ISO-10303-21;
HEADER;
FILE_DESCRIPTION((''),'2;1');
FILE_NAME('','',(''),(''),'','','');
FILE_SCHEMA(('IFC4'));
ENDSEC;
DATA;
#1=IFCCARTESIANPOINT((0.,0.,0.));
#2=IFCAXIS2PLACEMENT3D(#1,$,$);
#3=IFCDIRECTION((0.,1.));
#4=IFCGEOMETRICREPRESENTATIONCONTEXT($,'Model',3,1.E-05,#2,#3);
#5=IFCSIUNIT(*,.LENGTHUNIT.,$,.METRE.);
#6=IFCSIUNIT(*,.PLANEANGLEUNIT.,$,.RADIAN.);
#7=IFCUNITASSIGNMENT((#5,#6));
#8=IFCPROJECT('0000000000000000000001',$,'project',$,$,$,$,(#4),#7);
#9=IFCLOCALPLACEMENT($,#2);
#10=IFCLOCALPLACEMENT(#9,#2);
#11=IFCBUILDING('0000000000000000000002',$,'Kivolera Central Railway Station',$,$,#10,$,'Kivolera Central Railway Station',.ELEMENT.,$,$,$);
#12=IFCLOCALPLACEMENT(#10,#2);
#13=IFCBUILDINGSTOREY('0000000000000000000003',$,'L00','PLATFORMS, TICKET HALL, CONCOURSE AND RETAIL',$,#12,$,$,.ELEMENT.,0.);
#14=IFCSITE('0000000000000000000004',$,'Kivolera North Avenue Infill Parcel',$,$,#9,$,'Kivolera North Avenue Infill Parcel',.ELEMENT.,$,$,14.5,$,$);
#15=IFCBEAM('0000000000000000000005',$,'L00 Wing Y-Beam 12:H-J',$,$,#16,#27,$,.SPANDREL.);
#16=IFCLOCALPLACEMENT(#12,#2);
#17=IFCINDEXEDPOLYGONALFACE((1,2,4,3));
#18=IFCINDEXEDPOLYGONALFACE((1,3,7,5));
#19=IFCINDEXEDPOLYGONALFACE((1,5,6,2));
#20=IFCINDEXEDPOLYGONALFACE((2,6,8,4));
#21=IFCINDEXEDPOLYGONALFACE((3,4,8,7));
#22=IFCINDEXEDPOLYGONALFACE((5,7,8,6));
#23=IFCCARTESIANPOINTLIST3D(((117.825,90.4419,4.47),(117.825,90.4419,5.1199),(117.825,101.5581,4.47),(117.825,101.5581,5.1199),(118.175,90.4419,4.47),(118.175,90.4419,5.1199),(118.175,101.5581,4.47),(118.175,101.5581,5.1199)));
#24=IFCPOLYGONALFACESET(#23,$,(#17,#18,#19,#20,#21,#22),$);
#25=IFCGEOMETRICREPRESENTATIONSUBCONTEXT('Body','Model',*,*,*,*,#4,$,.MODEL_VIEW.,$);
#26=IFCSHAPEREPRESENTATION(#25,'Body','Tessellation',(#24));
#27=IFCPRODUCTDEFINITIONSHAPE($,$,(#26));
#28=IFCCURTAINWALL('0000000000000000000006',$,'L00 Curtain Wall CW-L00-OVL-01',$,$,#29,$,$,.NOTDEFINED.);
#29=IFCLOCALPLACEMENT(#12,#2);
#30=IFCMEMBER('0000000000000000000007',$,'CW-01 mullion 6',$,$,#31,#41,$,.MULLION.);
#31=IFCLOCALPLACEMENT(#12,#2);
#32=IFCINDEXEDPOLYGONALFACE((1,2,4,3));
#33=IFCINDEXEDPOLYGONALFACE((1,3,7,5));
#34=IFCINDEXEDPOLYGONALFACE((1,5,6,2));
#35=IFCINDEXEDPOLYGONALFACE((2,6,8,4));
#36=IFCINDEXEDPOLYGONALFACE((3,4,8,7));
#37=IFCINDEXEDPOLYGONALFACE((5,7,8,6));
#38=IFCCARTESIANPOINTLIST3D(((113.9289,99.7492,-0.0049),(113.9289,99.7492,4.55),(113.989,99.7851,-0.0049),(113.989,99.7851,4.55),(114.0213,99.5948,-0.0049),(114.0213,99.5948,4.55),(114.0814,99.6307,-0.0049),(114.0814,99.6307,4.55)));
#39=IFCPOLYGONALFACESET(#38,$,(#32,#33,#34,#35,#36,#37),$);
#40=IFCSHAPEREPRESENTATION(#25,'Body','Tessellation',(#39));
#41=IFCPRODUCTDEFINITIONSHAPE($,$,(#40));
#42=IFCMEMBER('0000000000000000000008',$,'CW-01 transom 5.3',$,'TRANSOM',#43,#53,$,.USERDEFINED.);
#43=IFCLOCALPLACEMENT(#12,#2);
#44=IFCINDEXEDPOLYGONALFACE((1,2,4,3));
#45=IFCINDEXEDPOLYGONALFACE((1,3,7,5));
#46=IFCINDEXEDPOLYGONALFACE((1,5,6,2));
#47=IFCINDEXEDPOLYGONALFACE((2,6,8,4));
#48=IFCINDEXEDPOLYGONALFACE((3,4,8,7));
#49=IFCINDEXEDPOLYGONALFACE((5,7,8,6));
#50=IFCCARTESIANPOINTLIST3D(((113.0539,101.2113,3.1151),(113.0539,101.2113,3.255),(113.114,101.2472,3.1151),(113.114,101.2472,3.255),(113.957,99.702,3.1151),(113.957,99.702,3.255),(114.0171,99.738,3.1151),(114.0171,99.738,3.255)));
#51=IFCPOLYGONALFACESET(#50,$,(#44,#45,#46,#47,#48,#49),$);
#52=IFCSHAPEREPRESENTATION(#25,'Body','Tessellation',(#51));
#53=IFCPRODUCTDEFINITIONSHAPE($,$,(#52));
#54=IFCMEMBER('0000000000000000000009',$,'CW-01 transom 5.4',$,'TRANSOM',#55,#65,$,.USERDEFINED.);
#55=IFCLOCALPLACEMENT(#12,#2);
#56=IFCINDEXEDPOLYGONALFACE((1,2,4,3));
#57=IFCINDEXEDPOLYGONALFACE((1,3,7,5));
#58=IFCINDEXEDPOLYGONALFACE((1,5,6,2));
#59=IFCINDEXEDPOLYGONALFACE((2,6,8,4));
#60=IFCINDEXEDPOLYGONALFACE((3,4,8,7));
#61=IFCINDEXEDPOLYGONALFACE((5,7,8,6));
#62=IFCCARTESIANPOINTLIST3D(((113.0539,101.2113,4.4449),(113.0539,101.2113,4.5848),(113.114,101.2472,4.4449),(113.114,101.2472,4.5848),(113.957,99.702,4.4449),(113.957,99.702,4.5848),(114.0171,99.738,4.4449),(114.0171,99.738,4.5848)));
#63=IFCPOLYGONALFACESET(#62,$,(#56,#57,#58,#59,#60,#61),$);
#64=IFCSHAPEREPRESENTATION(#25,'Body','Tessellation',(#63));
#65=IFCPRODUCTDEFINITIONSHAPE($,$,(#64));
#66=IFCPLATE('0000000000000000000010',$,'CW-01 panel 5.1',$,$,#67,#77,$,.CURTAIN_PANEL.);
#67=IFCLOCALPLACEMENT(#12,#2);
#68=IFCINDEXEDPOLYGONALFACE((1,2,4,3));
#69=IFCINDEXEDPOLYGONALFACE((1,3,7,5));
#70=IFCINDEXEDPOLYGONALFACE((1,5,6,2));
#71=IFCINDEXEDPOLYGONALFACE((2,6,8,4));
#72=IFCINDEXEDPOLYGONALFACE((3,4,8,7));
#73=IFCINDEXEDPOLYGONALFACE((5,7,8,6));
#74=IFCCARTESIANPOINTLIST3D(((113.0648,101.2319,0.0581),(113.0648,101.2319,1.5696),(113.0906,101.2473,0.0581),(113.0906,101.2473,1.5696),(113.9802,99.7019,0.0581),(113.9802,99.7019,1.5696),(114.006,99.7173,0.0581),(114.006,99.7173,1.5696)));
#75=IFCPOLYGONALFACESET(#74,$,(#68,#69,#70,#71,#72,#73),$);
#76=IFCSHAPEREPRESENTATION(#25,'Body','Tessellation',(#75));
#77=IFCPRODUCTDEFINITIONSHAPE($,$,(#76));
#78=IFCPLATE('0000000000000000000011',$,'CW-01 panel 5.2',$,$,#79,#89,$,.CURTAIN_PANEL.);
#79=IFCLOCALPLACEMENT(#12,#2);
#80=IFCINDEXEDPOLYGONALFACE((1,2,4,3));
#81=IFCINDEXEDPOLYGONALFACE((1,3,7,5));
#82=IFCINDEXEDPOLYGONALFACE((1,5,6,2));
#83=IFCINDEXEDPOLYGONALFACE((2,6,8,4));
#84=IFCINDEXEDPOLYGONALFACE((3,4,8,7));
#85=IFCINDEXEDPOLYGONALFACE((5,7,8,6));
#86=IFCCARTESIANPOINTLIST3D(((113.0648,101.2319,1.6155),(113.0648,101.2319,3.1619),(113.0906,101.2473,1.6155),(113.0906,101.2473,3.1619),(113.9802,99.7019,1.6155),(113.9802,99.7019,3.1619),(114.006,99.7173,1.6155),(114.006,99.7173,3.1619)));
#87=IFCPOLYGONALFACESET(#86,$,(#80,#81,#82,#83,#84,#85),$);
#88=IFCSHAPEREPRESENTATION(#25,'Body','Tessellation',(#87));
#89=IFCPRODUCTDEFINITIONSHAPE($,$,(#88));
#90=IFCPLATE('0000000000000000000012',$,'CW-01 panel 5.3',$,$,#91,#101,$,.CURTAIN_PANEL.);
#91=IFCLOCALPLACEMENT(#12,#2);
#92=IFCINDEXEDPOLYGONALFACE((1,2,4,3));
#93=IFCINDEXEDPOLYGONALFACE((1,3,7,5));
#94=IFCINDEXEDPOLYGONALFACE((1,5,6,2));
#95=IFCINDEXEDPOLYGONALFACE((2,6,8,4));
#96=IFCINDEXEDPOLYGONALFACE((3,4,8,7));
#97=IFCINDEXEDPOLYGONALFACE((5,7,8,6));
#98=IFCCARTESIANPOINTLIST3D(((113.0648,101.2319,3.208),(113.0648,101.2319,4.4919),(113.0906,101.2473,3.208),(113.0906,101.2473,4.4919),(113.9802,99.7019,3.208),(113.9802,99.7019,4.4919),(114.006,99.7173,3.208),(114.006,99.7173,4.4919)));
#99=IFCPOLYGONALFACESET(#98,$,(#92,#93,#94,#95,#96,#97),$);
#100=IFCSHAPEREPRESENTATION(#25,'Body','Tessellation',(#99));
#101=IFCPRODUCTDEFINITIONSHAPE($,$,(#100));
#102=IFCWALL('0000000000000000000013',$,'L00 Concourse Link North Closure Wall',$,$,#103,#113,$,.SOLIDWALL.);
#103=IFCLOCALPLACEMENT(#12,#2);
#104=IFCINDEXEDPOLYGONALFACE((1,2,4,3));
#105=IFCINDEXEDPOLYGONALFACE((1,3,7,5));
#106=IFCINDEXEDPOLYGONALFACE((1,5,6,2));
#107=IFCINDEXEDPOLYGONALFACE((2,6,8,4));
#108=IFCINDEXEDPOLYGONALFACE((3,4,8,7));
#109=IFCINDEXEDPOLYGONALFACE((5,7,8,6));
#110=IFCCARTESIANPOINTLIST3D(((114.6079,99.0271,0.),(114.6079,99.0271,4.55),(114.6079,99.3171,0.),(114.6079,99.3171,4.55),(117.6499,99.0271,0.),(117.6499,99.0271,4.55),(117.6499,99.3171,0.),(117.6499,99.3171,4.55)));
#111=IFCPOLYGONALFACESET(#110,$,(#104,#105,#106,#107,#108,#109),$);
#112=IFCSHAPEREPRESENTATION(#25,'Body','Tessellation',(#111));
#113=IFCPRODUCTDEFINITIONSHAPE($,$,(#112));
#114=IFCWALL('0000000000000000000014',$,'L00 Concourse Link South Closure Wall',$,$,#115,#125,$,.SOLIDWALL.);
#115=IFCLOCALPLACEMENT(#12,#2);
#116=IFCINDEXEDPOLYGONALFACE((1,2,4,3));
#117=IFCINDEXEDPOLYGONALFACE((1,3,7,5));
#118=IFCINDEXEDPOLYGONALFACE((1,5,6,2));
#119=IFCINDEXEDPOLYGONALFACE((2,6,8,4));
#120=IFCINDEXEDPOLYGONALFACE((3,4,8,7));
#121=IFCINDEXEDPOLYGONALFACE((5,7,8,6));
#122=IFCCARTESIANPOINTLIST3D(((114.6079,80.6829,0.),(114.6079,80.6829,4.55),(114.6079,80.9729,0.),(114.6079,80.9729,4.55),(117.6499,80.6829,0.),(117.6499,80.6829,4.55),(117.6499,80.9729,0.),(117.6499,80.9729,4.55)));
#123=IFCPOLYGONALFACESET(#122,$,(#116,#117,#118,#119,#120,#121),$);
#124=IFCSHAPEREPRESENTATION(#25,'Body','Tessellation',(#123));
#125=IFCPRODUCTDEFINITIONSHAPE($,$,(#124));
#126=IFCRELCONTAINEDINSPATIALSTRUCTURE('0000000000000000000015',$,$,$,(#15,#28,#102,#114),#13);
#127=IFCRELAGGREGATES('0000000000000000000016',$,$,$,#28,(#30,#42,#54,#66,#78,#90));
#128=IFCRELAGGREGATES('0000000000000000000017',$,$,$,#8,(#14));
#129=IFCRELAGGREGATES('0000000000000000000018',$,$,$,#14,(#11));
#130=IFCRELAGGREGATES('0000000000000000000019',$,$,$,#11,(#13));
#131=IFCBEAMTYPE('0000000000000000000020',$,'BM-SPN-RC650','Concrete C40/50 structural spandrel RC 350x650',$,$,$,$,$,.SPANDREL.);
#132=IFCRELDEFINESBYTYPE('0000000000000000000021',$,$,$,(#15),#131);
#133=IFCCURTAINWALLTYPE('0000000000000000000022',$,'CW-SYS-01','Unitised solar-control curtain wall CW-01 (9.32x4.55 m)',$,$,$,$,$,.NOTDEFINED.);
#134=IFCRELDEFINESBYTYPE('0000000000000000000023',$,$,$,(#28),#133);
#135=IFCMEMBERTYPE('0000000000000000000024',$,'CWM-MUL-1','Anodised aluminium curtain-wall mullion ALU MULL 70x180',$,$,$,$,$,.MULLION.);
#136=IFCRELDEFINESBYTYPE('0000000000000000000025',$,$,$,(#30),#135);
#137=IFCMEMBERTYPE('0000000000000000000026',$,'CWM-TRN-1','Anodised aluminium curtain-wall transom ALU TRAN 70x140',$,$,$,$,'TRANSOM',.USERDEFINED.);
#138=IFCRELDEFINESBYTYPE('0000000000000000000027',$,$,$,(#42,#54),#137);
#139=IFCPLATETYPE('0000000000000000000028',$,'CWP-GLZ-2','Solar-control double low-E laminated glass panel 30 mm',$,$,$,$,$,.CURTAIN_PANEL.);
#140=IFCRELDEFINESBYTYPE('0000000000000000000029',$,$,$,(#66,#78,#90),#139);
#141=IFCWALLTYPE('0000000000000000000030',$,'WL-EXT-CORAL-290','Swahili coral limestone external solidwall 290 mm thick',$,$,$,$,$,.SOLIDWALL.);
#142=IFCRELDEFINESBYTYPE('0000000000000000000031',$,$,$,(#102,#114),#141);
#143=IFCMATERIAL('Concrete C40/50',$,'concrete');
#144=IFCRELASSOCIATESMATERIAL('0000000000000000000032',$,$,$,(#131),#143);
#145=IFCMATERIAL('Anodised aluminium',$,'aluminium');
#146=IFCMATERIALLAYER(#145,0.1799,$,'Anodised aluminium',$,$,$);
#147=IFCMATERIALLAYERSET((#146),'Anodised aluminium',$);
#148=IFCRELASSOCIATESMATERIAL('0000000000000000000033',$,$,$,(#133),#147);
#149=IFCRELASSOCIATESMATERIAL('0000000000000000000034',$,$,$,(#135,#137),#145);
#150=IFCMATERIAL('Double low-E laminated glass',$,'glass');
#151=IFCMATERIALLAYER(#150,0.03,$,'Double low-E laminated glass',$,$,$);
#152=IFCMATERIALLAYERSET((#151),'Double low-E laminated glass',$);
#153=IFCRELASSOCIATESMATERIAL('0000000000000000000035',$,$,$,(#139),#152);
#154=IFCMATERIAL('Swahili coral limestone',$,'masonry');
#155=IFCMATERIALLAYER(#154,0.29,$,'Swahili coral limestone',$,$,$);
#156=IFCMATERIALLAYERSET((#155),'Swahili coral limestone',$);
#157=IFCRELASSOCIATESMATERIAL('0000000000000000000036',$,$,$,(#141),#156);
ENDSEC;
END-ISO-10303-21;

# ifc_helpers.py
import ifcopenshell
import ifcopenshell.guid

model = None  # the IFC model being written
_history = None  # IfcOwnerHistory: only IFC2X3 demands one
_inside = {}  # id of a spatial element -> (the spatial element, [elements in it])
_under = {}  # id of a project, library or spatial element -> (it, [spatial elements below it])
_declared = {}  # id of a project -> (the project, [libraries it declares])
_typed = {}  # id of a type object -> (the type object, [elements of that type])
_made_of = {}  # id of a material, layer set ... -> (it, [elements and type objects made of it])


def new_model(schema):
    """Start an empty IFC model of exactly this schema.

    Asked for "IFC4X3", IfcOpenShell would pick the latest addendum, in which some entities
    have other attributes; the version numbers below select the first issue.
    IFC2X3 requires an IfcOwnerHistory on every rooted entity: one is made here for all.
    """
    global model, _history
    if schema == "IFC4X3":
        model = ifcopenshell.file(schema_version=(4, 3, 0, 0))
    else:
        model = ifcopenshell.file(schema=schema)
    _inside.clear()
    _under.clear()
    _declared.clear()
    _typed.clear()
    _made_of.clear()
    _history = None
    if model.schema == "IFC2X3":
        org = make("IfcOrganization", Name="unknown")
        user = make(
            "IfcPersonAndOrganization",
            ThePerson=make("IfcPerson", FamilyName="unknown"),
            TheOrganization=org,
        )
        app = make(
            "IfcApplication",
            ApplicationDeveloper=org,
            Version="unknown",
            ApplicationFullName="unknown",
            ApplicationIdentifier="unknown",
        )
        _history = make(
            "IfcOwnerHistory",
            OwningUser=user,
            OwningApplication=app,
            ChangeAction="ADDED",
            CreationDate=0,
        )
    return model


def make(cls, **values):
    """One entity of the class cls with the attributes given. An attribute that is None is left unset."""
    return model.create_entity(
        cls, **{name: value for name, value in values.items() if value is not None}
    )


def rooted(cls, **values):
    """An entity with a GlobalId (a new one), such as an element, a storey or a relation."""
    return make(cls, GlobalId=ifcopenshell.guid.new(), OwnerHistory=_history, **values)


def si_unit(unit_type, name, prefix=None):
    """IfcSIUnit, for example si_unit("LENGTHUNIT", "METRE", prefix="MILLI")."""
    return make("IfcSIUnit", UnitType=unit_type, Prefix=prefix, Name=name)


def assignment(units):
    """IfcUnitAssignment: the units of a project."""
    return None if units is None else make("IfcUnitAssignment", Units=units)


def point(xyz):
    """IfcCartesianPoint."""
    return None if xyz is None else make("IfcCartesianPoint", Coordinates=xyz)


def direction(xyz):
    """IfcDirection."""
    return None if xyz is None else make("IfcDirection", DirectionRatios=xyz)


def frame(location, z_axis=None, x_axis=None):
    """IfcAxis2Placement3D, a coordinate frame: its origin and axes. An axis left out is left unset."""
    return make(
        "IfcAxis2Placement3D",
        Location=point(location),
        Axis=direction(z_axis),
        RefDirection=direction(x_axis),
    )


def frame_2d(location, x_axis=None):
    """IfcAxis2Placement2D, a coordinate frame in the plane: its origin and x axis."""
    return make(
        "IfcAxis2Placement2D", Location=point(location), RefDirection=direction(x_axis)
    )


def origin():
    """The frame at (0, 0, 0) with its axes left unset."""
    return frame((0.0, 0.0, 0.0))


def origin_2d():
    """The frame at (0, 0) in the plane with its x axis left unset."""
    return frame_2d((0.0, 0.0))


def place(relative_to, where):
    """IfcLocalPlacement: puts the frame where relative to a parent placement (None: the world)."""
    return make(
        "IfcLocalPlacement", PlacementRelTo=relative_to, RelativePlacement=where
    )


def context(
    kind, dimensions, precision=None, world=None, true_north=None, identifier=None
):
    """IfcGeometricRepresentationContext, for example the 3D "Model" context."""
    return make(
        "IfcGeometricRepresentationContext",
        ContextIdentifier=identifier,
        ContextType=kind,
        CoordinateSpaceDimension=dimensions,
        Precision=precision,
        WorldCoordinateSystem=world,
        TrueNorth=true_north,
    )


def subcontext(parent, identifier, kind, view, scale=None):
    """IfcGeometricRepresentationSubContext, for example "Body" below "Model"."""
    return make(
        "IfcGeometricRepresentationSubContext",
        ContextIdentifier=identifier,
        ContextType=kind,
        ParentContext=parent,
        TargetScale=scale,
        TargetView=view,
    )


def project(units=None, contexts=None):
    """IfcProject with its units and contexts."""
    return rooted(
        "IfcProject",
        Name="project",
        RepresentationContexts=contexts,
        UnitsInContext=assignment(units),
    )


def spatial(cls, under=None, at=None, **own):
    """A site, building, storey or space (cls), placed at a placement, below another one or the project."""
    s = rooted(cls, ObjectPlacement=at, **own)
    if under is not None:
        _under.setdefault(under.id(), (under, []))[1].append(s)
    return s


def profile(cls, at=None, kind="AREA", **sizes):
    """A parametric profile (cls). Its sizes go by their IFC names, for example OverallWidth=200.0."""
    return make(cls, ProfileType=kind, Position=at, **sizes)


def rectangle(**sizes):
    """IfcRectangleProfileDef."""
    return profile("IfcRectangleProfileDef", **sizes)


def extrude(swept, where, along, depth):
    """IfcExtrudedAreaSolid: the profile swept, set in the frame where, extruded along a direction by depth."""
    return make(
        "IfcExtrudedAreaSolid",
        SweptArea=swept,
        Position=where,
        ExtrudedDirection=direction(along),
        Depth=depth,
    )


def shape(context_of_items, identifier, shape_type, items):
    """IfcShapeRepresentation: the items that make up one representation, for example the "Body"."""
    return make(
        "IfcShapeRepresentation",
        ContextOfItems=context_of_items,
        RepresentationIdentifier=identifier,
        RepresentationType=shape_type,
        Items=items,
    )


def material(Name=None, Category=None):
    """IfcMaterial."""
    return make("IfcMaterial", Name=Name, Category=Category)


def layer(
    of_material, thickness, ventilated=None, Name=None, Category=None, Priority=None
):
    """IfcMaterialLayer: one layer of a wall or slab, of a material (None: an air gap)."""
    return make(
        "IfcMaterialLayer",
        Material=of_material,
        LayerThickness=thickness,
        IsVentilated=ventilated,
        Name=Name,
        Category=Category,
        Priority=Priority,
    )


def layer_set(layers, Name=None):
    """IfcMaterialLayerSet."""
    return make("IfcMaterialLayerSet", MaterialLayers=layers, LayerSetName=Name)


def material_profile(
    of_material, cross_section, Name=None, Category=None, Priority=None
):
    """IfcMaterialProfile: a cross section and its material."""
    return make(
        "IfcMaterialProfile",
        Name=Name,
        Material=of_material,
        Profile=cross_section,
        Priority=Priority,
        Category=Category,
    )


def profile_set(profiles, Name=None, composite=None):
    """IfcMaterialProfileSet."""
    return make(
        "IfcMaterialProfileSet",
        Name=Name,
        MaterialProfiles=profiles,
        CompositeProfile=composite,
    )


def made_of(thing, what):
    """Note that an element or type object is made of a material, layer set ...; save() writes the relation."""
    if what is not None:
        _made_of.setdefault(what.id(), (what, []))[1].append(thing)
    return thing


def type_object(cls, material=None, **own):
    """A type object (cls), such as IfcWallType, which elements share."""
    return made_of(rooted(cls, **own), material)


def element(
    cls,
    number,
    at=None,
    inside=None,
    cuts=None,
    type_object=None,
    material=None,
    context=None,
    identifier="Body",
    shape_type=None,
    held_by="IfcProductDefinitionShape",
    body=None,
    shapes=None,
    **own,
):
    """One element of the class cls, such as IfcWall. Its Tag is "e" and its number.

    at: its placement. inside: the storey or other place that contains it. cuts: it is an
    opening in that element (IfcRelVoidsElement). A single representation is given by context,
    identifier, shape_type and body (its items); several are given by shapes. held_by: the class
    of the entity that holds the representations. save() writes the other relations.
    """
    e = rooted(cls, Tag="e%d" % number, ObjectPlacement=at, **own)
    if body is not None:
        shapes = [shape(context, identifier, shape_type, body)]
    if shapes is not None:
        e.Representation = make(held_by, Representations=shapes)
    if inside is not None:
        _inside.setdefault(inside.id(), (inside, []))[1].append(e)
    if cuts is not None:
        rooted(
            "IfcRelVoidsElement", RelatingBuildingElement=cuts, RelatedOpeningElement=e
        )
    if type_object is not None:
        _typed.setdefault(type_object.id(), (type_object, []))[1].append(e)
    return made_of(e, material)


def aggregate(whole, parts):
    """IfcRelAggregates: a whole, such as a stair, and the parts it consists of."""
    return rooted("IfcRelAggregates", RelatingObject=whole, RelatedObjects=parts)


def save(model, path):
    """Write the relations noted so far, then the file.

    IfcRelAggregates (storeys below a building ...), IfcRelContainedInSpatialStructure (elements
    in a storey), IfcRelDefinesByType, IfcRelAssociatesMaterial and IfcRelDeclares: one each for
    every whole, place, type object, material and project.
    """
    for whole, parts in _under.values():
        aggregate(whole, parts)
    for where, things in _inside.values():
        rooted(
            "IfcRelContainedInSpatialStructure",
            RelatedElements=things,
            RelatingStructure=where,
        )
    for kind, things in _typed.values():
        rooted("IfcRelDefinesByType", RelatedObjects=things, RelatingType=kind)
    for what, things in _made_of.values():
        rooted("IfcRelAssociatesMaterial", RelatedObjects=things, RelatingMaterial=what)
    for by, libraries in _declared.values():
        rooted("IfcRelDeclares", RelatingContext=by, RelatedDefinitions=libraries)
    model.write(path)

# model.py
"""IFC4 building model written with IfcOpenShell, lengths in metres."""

from ifc_helpers import new_model, si_unit, direction, frame, frame_2d, origin, origin_2d, place, context, subcontext, project, spatial, rectangle, extrude, material, layer, layer_set, material_profile, profile_set, type_object, element, aggregate, save


model = new_model("IFC4")

# Units and contexts
model_context = context("Model", 3, precision=1e-05, world=origin(), true_north=direction((0.0, 1.0)))
body_context = subcontext(model_context, "Body", "Model", "MODEL_VIEW")
ifc_project = project(units=[si_unit("LENGTHUNIT", "METRE"), si_unit("PLANEANGLEUNIT", "RADIAN")], contexts=[model_context])

# Site, building, storey
site_placement = place(None, origin())
site = spatial("IfcSite", under=ifc_project, at=site_placement, Name="Kivolera North Avenue Infill Parcel", LongName="Kivolera North Avenue Infill Parcel", CompositionType="ELEMENT", RefElevation=14.5)
building_placement = place(site_placement, origin())
building = spatial("IfcBuilding", under=site, at=building_placement, Name="Kivolera Central Railway Station", LongName="Kivolera Central Railway Station", CompositionType="ELEMENT")
storey_placement = place(building_placement, origin())
storey = spatial("IfcBuildingStorey", under=building, at=storey_placement, Name="L00", Description="PLATFORMS, TICKET HALL, CONCOURSE AND RETAIL", CompositionType="ELEMENT", Elevation=0.0)

# Shared definitions
ifc_material_1 = material(Name="Concrete C40/50", Category="concrete")

# Beam
ifc_material_profile_1 = material_profile(ifc_material_1, rectangle(XDim=0.3501, YDim=0.6499, at=origin_2d()), Name="RC 350x650")
ifc_profile_set_1 = profile_set([ifc_material_profile_1], Name="Concrete C40/50")
beam_type_1 = type_object("IfcBeamType", Name="BM-SPN-RC650", Description="Concrete C40/50 structural spandrel RC 350x650", PredefinedType="SPANDREL", material=ifc_profile_set_1)
beam_1_placement = place(storey_placement, frame((118.0, 90.4419, 4.7949), z_axis=(0.0, 1.0, 0.0), x_axis=(-1.0, 0.0, 0.0)))
element("IfcBeam", 1, at=beam_1_placement, inside=storey, type_object=beam_type_1, Name="L00 Wing Y-Beam 12:H-J", PredefinedType="SPANDREL", context=body_context, shape_type="SweptSolid", body=[
    extrude(rectangle(XDim=0.3501, YDim=0.6499, at=origin_2d()), origin(), (0.0, 0.0, 1.0), 11.1162),
])

# Curtain wall, members, plates
ifc_material_2 = material(Name="Anodised aluminium", Category="aluminium")
ifc_layer_1 = layer(ifc_material_2, 0.1799, Name="Anodised aluminium")
ifc_layer_set_1 = layer_set([ifc_layer_1], Name="Anodised aluminium")
curtain_wall_type = type_object("IfcCurtainWallType", Name="CW-SYS-01", Description="Unitised solar-control curtain wall CW-01 (9.32x4.55 m)", PredefinedType="NOTDEFINED", material=ifc_layer_set_1)
curtain_wall_placement = place(storey_placement, origin())
curtain_wall = element("IfcCurtainWall", 2, at=curtain_wall_placement, inside=storey, type_object=curtain_wall_type, Name="L00 Curtain Wall CW-L00-OVL-01", PredefinedType="NOTDEFINED")
ifc_material_profile_2 = material_profile(ifc_material_2, rectangle(XDim=0.0701, YDim=0.1799, at=origin_2d()), Name="ALU MULL 70x180")
ifc_profile_set_2 = profile_set([ifc_material_profile_2], Name="Anodised aluminium")
member_type_1 = type_object("IfcMemberType", Name="CWM-MUL-1", Description="Anodised aluminium curtain-wall mullion ALU MULL 70x180", PredefinedType="MULLION", material=ifc_profile_set_2)
member_1_placement = place(storey_placement, frame((114.0051, 99.6899, -0.0049), z_axis=(0.0, 0.0, 1.0), x_axis=(0.858117, 0.513454, 0.0)))
member_1 = element("IfcMember", 3, at=member_1_placement, type_object=member_type_1, Name="CW-01 mullion 6", PredefinedType="MULLION", context=body_context, shape_type="SweptSolid", body=[
    extrude(rectangle(XDim=0.0701, YDim=0.1799, at=origin_2d()), origin(), (0.0, 0.0, 1.0), 4.5549),
])
ifc_material_profile_3 = material_profile(ifc_material_2, rectangle(XDim=0.0701, YDim=0.1399, at=origin_2d()), Name="ALU TRAN 70x140")
ifc_profile_set_3 = profile_set([ifc_material_profile_3], Name="Anodised aluminium")
member_type_2 = type_object("IfcMemberType", Name="CWM-TRN-1", Description="Anodised aluminium curtain-wall transom ALU TRAN 70x140", ElementType="TRANSOM", PredefinedType="USERDEFINED", material=ifc_profile_set_3)
member_2_placement = place(storey_placement, frame((113.084, 101.2292, 3.1851), z_axis=(0.513454, -0.858117, 0.0), x_axis=(0.858117, 0.513454, 0.0)))
member_2 = element("IfcMember", 4, at=member_2_placement, type_object=member_type_2, Name="CW-01 transom 5.3", ObjectType="TRANSOM", PredefinedType="USERDEFINED", context=body_context, shape_type="SweptSolid", body=[
    extrude(rectangle(XDim=0.0701, YDim=0.1399, at=origin_2d()), origin(), (0.0, 0.0, 1.0), 1.7588),
])
member_3_placement = place(storey_placement, frame((113.084, 101.2292, 4.5149), z_axis=(0.513454, -0.858117, 0.0), x_axis=(0.858117, 0.513454, 0.0)))
member_3 = element("IfcMember", 5, at=member_3_placement, type_object=member_type_2, Name="CW-01 transom 5.4", ObjectType="TRANSOM", PredefinedType="USERDEFINED", context=body_context, shape_type="SweptSolid", body=[
    extrude(rectangle(XDim=0.0701, YDim=0.1399, at=origin_2d()), origin(), (0.0, 0.0, 1.0), 1.7588),
])
ifc_material_3 = material(Name="Double low-E laminated glass", Category="glass")
ifc_layer_2 = layer(ifc_material_3, 0.03, Name="Double low-E laminated glass")
ifc_layer_set_2 = layer_set([ifc_layer_2], Name="Double low-E laminated glass")
plate_type = type_object("IfcPlateType", Name="CWP-GLZ-2", Description="Solar-control double low-E laminated glass panel 30 mm", PredefinedType="CURTAIN_PANEL", material=ifc_layer_set_2)
plate_1_placement = place(storey_placement, frame((113.5354, 100.4746, 0.0581), z_axis=(0.0, 0.0, 1.0), x_axis=(0.513454, -0.858117, 0.0)))
plate_1 = element("IfcPlate", 6, at=plate_1_placement, type_object=plate_type, Name="CW-01 panel 5.1", PredefinedType="CURTAIN_PANEL", context=body_context, shape_type="SweptSolid", body=[
    extrude(rectangle(XDim=1.783, YDim=0.03, at=origin_2d()), origin(), (0.0, 0.0, 1.0), 1.5115),
])
plate_2_placement = place(storey_placement, frame((113.5354, 100.4746, 1.6155), z_axis=(0.0, 0.0, 1.0), x_axis=(0.513454, -0.858117, 0.0)))
plate_2 = element("IfcPlate", 7, at=plate_2_placement, type_object=plate_type, Name="CW-01 panel 5.2", PredefinedType="CURTAIN_PANEL", context=body_context, shape_type="SweptSolid", body=[
    extrude(rectangle(XDim=1.783, YDim=0.03, at=origin_2d()), origin(), (0.0, 0.0, 1.0), 1.5464),
])
plate_3_placement = place(storey_placement, frame((113.5354, 100.4746, 3.208), z_axis=(0.0, 0.0, 1.0), x_axis=(0.513454, -0.858117, 0.0)))
plate_3 = element("IfcPlate", 8, at=plate_3_placement, type_object=plate_type, Name="CW-01 panel 5.3", PredefinedType="CURTAIN_PANEL", context=body_context, shape_type="SweptSolid", body=[
    extrude(rectangle(XDim=1.783, YDim=0.03, at=origin_2d()), origin(), (0.0, 0.0, 1.0), 1.2839),
])
aggregate(curtain_wall, [member_1, member_2, member_3, plate_1, plate_2, plate_3])

# Walls
ifc_material_4 = material(Name="Swahili coral limestone", Category="masonry")
ifc_layer_3 = layer(ifc_material_4, 0.29, Name="Swahili coral limestone")
ifc_layer_set_3 = layer_set([ifc_layer_3], Name="Swahili coral limestone")
wall_type = type_object("IfcWallType", Name="WL-EXT-CORAL-290", Description="Swahili coral limestone external solidwall 290 mm thick", PredefinedType="SOLIDWALL", material=ifc_layer_set_3)
for number, where, z_axis, x_axis, name in (
    (9, (114.6079, 99.1721, 0.0), (0.0, 0.0, 1.0), (1.0, 0.0, 0.0), "L00 Concourse Link North Closure Wall"),
    (10, (117.6499, 80.8279, 0.0), (0.0, 0.0, 1.0), (-1.0, 0.0, 0.0), "L00 Concourse Link South Closure Wall"),
):
    element("IfcWall", number, at=place(storey_placement, frame(where, z_axis=z_axis, x_axis=x_axis)), inside=storey, type_object=wall_type, Name=name, PredefinedType="SOLIDWALL", context=body_context, shape_type="SweptSolid", body=[
        extrude(rectangle(XDim=3.042, YDim=0.29, at=frame_2d((1.521, 0.0))), origin(), (0.0, 0.0, 1.0), 4.55),
    ])

save(model, "model.ifc")
